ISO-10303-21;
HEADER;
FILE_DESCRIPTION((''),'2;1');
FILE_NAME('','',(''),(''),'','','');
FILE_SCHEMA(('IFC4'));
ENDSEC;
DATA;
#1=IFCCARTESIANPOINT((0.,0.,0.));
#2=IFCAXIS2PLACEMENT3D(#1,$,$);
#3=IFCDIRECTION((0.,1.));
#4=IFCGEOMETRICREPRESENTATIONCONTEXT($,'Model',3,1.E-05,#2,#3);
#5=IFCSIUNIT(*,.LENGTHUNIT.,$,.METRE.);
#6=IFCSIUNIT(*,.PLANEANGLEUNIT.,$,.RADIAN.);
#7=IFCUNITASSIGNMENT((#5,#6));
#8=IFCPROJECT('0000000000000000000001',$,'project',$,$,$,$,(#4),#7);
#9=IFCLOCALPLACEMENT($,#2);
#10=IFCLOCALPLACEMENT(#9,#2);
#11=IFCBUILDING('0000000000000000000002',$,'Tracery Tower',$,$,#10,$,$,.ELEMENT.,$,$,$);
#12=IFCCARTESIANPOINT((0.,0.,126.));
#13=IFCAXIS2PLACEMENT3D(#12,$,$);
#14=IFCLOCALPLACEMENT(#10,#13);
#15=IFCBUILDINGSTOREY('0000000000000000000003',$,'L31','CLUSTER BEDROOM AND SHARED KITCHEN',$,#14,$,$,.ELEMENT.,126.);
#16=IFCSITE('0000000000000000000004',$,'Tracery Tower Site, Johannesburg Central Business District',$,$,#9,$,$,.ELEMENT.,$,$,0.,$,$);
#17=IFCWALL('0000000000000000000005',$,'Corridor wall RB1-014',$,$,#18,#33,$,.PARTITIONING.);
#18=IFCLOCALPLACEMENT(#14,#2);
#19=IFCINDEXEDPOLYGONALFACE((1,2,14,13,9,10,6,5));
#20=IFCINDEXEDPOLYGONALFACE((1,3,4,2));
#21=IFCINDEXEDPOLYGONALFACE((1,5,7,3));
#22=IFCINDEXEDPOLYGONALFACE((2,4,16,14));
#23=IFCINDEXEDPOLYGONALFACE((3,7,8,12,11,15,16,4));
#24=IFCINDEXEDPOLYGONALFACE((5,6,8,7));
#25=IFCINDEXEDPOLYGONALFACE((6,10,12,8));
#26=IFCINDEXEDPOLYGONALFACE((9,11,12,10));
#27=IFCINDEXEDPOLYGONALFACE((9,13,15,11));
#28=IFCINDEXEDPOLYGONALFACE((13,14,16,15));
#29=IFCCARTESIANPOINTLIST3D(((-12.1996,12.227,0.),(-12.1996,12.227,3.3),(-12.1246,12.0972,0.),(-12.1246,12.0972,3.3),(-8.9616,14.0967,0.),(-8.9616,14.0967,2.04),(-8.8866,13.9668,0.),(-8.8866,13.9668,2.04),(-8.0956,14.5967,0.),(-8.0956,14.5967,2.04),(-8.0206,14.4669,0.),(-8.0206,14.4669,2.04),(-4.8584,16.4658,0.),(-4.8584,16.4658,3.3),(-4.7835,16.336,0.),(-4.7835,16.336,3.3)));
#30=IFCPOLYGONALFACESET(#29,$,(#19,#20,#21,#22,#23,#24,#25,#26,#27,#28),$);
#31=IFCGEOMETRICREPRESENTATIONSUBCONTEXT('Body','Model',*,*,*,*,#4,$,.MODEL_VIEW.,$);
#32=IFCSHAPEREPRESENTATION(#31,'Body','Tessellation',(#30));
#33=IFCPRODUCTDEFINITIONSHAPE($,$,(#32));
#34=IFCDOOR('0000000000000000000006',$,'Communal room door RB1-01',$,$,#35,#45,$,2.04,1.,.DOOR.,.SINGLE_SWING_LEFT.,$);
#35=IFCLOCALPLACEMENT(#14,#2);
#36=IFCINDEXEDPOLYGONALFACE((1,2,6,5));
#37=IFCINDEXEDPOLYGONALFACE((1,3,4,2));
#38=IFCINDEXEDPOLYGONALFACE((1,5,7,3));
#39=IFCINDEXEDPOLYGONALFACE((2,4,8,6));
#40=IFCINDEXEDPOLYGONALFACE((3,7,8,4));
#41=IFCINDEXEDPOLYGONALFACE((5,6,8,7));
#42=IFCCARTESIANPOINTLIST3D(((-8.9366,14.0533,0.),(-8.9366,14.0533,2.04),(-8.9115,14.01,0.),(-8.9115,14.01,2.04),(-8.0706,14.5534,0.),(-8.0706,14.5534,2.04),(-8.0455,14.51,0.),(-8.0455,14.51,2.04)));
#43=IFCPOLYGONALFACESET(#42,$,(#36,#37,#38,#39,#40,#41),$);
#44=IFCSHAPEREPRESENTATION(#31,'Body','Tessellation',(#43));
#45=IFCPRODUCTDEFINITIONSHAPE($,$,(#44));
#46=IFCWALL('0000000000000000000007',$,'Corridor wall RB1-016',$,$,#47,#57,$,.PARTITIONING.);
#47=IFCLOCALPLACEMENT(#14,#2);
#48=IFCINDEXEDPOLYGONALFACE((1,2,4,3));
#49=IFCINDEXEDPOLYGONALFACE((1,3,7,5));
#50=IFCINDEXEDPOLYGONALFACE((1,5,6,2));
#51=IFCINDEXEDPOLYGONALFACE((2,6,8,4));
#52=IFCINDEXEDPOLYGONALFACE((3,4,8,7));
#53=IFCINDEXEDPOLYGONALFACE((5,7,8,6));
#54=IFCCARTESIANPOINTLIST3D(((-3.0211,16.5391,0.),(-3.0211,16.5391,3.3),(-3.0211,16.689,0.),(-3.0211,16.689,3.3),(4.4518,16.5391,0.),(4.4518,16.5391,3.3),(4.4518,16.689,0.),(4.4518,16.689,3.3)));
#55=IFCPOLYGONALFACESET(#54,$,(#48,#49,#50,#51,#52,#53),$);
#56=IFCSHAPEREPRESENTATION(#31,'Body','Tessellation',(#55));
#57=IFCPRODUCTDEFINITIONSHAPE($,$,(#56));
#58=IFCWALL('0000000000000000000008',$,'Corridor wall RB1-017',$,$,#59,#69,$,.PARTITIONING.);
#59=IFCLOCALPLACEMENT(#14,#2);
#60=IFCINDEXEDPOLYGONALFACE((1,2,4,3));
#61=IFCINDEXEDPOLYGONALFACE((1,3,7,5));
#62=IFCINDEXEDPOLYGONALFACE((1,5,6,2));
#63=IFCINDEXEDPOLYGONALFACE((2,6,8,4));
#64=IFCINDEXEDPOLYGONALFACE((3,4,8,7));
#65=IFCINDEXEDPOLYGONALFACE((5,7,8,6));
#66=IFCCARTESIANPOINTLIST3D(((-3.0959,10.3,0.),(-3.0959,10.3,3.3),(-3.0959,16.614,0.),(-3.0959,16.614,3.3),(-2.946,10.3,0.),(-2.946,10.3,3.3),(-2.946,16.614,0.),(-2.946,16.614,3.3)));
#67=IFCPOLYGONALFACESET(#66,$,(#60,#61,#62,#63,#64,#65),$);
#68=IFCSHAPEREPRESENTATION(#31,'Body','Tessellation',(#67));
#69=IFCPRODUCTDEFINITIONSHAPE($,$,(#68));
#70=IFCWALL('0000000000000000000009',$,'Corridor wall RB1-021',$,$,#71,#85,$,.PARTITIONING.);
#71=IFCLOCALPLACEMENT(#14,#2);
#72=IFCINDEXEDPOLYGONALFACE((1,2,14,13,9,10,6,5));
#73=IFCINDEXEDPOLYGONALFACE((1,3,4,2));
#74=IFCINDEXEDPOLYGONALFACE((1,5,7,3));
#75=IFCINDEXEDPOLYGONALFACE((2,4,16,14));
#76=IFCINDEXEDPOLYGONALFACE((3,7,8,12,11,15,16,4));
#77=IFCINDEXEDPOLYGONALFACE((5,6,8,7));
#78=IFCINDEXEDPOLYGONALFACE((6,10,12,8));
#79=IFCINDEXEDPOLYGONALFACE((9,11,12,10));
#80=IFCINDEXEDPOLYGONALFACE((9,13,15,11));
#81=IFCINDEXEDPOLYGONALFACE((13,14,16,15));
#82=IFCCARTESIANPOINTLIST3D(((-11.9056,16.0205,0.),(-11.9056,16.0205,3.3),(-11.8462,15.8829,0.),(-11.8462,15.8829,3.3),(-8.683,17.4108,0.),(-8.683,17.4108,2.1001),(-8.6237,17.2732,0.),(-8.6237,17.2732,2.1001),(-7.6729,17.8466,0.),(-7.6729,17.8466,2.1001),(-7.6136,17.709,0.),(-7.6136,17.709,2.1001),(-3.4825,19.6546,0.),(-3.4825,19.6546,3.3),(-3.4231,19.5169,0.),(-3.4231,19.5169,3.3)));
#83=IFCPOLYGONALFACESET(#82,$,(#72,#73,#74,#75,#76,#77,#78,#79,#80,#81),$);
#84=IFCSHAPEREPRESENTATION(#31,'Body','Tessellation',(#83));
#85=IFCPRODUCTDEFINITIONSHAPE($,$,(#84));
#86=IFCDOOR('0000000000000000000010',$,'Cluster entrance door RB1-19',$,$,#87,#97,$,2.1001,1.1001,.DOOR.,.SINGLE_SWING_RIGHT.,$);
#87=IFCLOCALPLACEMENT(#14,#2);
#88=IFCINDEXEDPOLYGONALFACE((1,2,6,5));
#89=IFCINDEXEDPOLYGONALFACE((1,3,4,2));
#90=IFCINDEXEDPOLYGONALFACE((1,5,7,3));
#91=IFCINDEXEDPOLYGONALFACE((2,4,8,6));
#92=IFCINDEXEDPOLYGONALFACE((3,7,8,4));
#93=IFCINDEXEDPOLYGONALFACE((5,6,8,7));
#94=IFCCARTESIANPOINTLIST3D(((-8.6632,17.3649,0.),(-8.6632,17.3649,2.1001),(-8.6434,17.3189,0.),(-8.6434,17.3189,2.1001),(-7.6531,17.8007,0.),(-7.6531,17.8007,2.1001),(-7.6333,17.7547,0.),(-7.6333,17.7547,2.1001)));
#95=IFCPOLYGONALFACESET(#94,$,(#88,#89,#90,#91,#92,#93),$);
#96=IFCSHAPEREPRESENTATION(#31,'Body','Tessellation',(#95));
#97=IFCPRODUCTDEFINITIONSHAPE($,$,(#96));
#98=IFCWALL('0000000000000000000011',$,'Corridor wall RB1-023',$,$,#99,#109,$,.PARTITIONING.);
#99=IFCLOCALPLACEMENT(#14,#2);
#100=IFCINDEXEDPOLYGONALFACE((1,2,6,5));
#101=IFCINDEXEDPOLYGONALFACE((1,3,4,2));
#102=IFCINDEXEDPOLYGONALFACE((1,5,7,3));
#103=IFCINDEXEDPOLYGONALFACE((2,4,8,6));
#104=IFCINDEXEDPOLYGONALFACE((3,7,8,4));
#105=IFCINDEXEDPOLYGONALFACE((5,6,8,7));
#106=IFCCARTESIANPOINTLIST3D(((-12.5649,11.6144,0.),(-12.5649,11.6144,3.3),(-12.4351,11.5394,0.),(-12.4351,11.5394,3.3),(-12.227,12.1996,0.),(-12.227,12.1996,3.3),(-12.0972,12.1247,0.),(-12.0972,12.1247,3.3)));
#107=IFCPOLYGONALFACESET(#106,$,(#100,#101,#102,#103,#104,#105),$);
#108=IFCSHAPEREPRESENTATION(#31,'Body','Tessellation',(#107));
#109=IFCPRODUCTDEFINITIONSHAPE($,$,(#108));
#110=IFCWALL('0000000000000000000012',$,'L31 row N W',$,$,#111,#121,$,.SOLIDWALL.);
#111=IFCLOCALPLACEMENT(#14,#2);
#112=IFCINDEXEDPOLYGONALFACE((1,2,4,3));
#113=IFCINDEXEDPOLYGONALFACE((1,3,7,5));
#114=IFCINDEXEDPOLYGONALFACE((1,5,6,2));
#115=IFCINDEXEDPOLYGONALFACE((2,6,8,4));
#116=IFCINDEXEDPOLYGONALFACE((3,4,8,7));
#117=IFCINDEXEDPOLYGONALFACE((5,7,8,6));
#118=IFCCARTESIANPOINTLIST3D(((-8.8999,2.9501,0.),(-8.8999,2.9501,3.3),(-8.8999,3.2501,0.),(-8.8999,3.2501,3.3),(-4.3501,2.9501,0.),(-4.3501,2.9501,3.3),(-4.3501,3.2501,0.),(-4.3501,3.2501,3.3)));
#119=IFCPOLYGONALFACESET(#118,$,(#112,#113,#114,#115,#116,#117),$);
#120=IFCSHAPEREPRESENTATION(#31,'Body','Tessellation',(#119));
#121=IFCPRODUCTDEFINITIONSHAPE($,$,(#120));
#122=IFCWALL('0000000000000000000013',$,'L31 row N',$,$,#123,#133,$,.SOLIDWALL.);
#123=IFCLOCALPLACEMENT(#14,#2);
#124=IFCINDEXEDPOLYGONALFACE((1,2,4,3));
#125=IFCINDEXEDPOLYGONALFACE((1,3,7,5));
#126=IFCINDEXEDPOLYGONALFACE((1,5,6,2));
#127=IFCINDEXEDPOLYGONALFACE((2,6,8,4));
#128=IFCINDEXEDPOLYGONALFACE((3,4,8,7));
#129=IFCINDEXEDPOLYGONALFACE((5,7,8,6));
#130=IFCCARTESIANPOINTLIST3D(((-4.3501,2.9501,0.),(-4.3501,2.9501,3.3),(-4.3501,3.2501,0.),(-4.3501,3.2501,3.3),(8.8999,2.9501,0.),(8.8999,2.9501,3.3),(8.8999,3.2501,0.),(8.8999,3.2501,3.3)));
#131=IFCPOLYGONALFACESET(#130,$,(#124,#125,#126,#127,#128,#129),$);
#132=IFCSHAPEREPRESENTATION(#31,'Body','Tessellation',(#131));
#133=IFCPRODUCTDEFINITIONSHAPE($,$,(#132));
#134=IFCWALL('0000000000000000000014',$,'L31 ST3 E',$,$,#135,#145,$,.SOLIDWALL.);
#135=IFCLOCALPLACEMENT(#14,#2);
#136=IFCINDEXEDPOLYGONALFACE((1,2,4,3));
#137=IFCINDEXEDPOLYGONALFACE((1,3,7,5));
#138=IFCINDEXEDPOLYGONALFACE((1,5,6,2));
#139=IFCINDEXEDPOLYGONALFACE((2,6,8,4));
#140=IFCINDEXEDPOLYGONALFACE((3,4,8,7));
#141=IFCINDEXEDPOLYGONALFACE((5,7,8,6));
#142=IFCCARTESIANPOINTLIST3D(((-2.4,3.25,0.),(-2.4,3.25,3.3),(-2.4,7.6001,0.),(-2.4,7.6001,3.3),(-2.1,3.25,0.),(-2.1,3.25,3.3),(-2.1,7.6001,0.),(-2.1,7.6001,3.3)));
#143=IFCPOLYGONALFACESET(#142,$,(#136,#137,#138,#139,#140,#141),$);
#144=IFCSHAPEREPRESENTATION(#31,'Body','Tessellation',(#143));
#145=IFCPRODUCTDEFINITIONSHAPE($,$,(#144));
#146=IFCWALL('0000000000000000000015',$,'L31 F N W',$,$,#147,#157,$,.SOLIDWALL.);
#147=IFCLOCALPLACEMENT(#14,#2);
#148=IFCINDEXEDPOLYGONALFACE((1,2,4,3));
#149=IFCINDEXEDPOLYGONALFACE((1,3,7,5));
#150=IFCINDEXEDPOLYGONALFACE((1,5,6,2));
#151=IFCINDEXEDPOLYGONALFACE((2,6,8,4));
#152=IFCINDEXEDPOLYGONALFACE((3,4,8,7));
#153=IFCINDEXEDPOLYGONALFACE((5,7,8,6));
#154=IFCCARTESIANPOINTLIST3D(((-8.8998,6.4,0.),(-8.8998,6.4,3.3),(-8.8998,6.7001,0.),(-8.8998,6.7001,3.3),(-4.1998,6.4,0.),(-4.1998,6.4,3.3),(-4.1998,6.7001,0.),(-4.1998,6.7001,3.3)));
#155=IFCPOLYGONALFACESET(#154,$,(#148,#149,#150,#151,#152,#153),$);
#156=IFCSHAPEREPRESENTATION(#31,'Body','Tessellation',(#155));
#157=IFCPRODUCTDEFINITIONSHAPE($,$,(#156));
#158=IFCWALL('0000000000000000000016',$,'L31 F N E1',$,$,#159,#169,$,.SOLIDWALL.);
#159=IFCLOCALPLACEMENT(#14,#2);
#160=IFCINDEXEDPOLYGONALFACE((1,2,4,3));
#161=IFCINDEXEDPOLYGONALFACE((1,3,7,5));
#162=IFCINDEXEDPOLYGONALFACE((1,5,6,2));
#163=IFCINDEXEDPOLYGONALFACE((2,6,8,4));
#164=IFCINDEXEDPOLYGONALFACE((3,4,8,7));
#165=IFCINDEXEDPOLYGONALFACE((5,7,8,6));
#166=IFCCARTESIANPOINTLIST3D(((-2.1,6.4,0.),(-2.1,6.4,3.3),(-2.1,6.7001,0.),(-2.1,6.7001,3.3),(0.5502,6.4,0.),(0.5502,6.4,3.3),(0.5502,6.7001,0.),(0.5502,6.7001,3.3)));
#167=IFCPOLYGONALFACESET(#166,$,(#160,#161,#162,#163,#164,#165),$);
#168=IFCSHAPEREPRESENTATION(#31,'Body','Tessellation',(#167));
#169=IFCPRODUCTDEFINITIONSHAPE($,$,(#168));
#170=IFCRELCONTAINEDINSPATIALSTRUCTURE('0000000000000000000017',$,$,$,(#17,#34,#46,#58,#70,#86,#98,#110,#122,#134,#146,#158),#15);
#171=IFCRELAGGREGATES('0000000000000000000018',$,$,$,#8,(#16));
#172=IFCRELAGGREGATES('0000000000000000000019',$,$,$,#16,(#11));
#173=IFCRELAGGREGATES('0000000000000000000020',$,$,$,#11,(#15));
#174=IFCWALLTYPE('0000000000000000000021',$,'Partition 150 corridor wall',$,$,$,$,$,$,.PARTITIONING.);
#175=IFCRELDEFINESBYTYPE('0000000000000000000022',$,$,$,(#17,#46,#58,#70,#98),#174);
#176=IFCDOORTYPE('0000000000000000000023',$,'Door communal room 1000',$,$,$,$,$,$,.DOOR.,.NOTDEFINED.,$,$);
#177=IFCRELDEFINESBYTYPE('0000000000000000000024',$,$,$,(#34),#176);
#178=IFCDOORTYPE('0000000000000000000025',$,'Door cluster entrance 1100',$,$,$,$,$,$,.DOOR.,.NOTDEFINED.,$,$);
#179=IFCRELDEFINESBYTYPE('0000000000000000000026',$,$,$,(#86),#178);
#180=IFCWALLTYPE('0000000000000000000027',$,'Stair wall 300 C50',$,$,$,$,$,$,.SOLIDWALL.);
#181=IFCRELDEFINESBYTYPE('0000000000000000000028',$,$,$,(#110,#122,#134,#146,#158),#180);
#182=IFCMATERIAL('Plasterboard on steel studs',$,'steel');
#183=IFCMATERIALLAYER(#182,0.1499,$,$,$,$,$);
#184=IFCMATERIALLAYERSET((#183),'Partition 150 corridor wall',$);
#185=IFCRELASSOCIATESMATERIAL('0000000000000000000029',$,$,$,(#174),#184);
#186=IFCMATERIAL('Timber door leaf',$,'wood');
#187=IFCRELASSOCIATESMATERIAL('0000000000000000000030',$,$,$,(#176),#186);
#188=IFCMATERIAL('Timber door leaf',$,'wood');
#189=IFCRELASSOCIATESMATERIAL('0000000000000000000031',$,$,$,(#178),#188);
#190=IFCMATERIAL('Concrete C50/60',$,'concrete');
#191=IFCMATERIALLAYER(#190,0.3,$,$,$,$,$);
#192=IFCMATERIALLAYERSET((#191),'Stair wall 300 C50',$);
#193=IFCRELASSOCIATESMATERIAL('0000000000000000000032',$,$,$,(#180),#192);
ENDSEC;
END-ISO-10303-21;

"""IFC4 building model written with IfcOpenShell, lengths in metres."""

from ifc_helpers import new_model, si_unit, direction, frame, frame_2d, origin, place, context, subcontext, project, spatial, rectangle, extrude, material, layer, layer_set, type_object, element, fill, save


model = new_model("IFC4")

# Units and contexts
model_context = context("Model", 3, precision=1e-05, world=origin(), true_north=direction((0.0, 1.0)))
body_context = subcontext(model_context, "Body", "Model", "MODEL_VIEW")
ifc_project = project(units=[si_unit("LENGTHUNIT", "METRE"), si_unit("PLANEANGLEUNIT", "RADIAN")], contexts=[model_context])

# Site, building, storey
site_placement = place(None, origin())
site = spatial("IfcSite", under=ifc_project, at=site_placement, Name="Tracery Tower Site, Johannesburg Central Business District", CompositionType="ELEMENT", RefElevation=0.0)
building_placement = place(site_placement, origin())
building = spatial("IfcBuilding", under=site, at=building_placement, Name="Tracery Tower", CompositionType="ELEMENT")
storey_placement = place(building_placement, frame((0.0, 0.0, 126.0)))
storey = spatial("IfcBuildingStorey", under=building, at=storey_placement, Name="L31", Description="CLUSTER BEDROOM AND SHARED KITCHEN", CompositionType="ELEMENT", Elevation=126.0)

# Shared definitions
ifc_material_1 = material(Name="Plasterboard on steel studs", Category="steel")
ifc_layer_1 = layer(ifc_material_1, 0.1499)
ifc_layer_set_1 = layer_set([ifc_layer_1], Name="Partition 150 corridor wall")
wall_type_1 = type_object("IfcWallType", Name="Partition 150 corridor wall", PredefinedType="PARTITIONING", material=ifc_layer_set_1)

# Wall, opening, door
wall_1_placement = place(storey_placement, frame((-12.1621, 12.1621, 0.0), z_axis=(0.0, 0.0, 1.0), x_axis=(0.866005, 0.500036, 0.0)))
wall_1 = element("IfcWall", 1, at=wall_1_placement, inside=storey, type_object=wall_type_1, Name="Corridor wall RB1-014", PredefinedType="PARTITIONING", context=body_context, shape_type="SweptSolid", body=[
    extrude(rectangle(XDim=8.4771, YDim=0.1499, at=frame_2d((4.2385, 0.0))), origin(), (0.0, 0.0, 1.0), 3.3),
])
opening_1_placement = place(wall_1_placement, frame((3.739, 0.0, 0.0)))
opening_1 = element("IfcOpeningElement", 2, at=opening_1_placement, cuts=wall_1, PredefinedType="OPENING", context=body_context, shape_type="SweptSolid", body=[
    extrude(rectangle(XDim=1.0, YDim=2.04, at=frame_2d((0.5, 1.02))), frame((0.0, 0.075, 0.0), z_axis=(0.0, -1.0, 0.0), x_axis=(1.0, 0.0, 0.0)), (0.0, 0.0, 1.0), 0.1499),
])
ifc_material_2 = material(Name="Timber door leaf", Category="wood")
door_type_1 = type_object("IfcDoorType", Name="Door communal room 1000", OperationType="NOTDEFINED", PredefinedType="DOOR", material=ifc_material_2)
door_1_placement = place(opening_1_placement, origin())
door_1 = element("IfcDoor", 3, at=door_1_placement, inside=storey, type_object=door_type_1, Name="Communal room door RB1-01", OperationType="SINGLE_SWING_LEFT", OverallHeight=2.04, OverallWidth=1.0, PredefinedType="DOOR", context=body_context, shape_type="SweptSolid", body=[
    extrude(rectangle(XDim=1.0, YDim=2.04, at=frame_2d((0.5, 1.02))), frame((0.0, 0.0249, 0.0), z_axis=(0.0, -1.0, 0.0), x_axis=(1.0, 0.0, 0.0)), (0.0, 0.0, 1.0), 0.05),
])
fill(opening_1, door_1)

# Walls
wall_2_placement = place(storey_placement, frame((-3.021, 16.614, 0.0), z_axis=(0.0, 0.0, 1.0), x_axis=(1.0, 0.0, 0.0)))
element("IfcWall", 4, at=wall_2_placement, inside=storey, type_object=wall_type_1, Name="Corridor wall RB1-016", PredefinedType="PARTITIONING", context=body_context, shape_type="SweptSolid", body=[
    extrude(rectangle(XDim=7.4729, YDim=0.1499, at=frame_2d((3.7363, 0.0))), origin(), (0.0, 0.0, 1.0), 3.3),
])
wall_3_placement = place(storey_placement, frame((-3.021, 10.3, 0.0), z_axis=(0.0, 0.0, 1.0), x_axis=(0.0, 1.0, 0.0)))
element("IfcWall", 5, at=wall_3_placement, inside=storey, type_object=wall_type_1, Name="Corridor wall RB1-017", PredefinedType="PARTITIONING", context=body_context, shape_type="SweptSolid", body=[
    extrude(rectangle(XDim=6.314, YDim=0.1499, at=frame_2d((3.157, 0.0))), origin(), (0.0, 0.0, 1.0), 3.3),
])

# Wall, opening, door
wall_4_placement = place(storey_placement, frame((-11.876, 15.9517, 0.0), z_axis=(0.0, 0.0, 1.0), x_axis=(0.91819, 0.396141, 0.0)))
wall_4 = element("IfcWall", 6, at=wall_4_placement, inside=storey, type_object=wall_type_1, Name="Corridor wall RB1-021", PredefinedType="PARTITIONING", context=body_context, shape_type="SweptSolid", body=[
    extrude(rectangle(XDim=9.1736, YDim=0.1499, at=frame_2d((4.5869, 0.0))), origin(), (0.0, 0.0, 1.0), 3.3),
])
opening_2_placement = place(wall_4_placement, frame((3.5098, 0.0, 0.0)))
opening_2 = element("IfcOpeningElement", 7, at=opening_2_placement, cuts=wall_4, PredefinedType="OPENING", context=body_context, shape_type="SweptSolid", body=[
    extrude(rectangle(XDim=1.1001, YDim=2.1001, at=frame_2d((0.55, 1.05))), frame((0.0, 0.075, 0.0), z_axis=(0.0, -1.0, 0.0), x_axis=(1.0, 0.0, 0.0)), (0.0, 0.0, 1.0), 0.1499),
])
ifc_material_3 = material(Name="Timber door leaf", Category="wood")
door_type_2 = type_object("IfcDoorType", Name="Door cluster entrance 1100", OperationType="NOTDEFINED", PredefinedType="DOOR", material=ifc_material_3)
door_2_placement = place(opening_2_placement, origin())
door_2 = element("IfcDoor", 8, at=door_2_placement, inside=storey, type_object=door_type_2, Name="Cluster entrance door RB1-19", OperationType="SINGLE_SWING_RIGHT", OverallHeight=2.1001, OverallWidth=1.1001, PredefinedType="DOOR", context=body_context, shape_type="SweptSolid", body=[
    extrude(rectangle(XDim=1.1001, YDim=2.1001, at=frame_2d((0.55, 1.05))), frame((0.0, 0.0249, 0.0), z_axis=(0.0, -1.0, 0.0), x_axis=(1.0, 0.0, 0.0)), (0.0, 0.0, 1.0), 0.05),
])
fill(opening_2, door_2)

# Wall
wall_5_placement = place(storey_placement, frame((-12.5, 11.5769, 0.0), z_axis=(0.0, 0.0, 1.0), x_axis=(0.500025, 0.866011, 0.0)))
element("IfcWall", 9, at=wall_5_placement, inside=storey, type_object=wall_type_1, Name="Corridor wall RB1-023", PredefinedType="PARTITIONING", context=body_context, shape_type="SweptSolid", body=[
    extrude(rectangle(XDim=0.6758, YDim=0.1499, at=frame_2d((0.3379, 0.0))), origin(), (0.0, 0.0, 1.0), 3.3),
])

# Walls
ifc_material_4 = material(Name="Concrete C50/60", Category="concrete")
ifc_layer_2 = layer(ifc_material_4, 0.3)
ifc_layer_set_2 = layer_set([ifc_layer_2], Name="Stair wall 300 C50")
wall_type_2 = type_object("IfcWallType", Name="Stair wall 300 C50", PredefinedType="SOLIDWALL", material=ifc_layer_set_2)
wall_6_placement = place(storey_placement, frame((-8.8999, 3.1001, 0.0), z_axis=(0.0, 0.0, 1.0), x_axis=(1.0, 0.0, 0.0)))
element("IfcWall", 10, at=wall_6_placement, inside=storey, type_object=wall_type_2, Name="L31 row N W", PredefinedType="SOLIDWALL", context=body_context, shape_type="SweptSolid", body=[
    extrude(rectangle(XDim=4.5498, YDim=0.3, at=frame_2d((2.2749, 0.0))), origin(), (0.0, 0.0, 1.0), 3.3),
])
wall_7_placement = place(storey_placement, frame((-4.3501, 3.1001, 0.0), z_axis=(0.0, 0.0, 1.0), x_axis=(1.0, 0.0, 0.0)))
element("IfcWall", 11, at=wall_7_placement, inside=storey, type_object=wall_type_2, Name="L31 row N", PredefinedType="SOLIDWALL", context=body_context, shape_type="SweptSolid", body=[
    extrude(rectangle(XDim=13.25, YDim=0.3, at=frame_2d((6.625, 0.0))), origin(), (0.0, 0.0, 1.0), 3.3),
])
wall_8_placement = place(storey_placement, frame((-2.25, 3.25, 0.0), z_axis=(0.0, 0.0, 1.0), x_axis=(0.0, 1.0, 0.0)))
element("IfcWall", 12, at=wall_8_placement, inside=storey, type_object=wall_type_2, Name="L31 ST3 E", PredefinedType="SOLIDWALL", context=body_context, shape_type="SweptSolid", body=[
    extrude(rectangle(XDim=4.3501, YDim=0.3, at=frame_2d((2.175, 0.0))), origin(), (0.0, 0.0, 1.0), 3.3),
])
wall_9_placement = place(storey_placement, frame((-8.8999, 6.55, 0.0), z_axis=(0.0, 0.0, 1.0), x_axis=(1.0, 0.0, 0.0)))
element("IfcWall", 13, at=wall_9_placement, inside=storey, type_object=wall_type_2, Name="L31 F N W", PredefinedType="SOLIDWALL", context=body_context, shape_type="SweptSolid", body=[
    extrude(rectangle(XDim=4.7, YDim=0.3, at=frame_2d((2.3501, 0.0))), origin(), (0.0, 0.0, 1.0), 3.3),
])

# Wall
wall_10_placement = place(storey_placement, frame((-2.1001, 6.55, 0.0), z_axis=(0.0, 0.0, 1.0), x_axis=(1.0, 0.0, 0.0)))
element("IfcWall", 14, at=wall_10_placement, inside=storey, type_object=wall_type_2, Name="L31 F N E1", PredefinedType="SOLIDWALL", context=body_context, shape_type="SweptSolid", body=[
    extrude(rectangle(XDim=2.6501, YDim=0.3, at=frame_2d((1.3252, 0.0))), origin(), (0.0, 0.0, 1.0), 3.3),
])

save(model, "model.ifc")
